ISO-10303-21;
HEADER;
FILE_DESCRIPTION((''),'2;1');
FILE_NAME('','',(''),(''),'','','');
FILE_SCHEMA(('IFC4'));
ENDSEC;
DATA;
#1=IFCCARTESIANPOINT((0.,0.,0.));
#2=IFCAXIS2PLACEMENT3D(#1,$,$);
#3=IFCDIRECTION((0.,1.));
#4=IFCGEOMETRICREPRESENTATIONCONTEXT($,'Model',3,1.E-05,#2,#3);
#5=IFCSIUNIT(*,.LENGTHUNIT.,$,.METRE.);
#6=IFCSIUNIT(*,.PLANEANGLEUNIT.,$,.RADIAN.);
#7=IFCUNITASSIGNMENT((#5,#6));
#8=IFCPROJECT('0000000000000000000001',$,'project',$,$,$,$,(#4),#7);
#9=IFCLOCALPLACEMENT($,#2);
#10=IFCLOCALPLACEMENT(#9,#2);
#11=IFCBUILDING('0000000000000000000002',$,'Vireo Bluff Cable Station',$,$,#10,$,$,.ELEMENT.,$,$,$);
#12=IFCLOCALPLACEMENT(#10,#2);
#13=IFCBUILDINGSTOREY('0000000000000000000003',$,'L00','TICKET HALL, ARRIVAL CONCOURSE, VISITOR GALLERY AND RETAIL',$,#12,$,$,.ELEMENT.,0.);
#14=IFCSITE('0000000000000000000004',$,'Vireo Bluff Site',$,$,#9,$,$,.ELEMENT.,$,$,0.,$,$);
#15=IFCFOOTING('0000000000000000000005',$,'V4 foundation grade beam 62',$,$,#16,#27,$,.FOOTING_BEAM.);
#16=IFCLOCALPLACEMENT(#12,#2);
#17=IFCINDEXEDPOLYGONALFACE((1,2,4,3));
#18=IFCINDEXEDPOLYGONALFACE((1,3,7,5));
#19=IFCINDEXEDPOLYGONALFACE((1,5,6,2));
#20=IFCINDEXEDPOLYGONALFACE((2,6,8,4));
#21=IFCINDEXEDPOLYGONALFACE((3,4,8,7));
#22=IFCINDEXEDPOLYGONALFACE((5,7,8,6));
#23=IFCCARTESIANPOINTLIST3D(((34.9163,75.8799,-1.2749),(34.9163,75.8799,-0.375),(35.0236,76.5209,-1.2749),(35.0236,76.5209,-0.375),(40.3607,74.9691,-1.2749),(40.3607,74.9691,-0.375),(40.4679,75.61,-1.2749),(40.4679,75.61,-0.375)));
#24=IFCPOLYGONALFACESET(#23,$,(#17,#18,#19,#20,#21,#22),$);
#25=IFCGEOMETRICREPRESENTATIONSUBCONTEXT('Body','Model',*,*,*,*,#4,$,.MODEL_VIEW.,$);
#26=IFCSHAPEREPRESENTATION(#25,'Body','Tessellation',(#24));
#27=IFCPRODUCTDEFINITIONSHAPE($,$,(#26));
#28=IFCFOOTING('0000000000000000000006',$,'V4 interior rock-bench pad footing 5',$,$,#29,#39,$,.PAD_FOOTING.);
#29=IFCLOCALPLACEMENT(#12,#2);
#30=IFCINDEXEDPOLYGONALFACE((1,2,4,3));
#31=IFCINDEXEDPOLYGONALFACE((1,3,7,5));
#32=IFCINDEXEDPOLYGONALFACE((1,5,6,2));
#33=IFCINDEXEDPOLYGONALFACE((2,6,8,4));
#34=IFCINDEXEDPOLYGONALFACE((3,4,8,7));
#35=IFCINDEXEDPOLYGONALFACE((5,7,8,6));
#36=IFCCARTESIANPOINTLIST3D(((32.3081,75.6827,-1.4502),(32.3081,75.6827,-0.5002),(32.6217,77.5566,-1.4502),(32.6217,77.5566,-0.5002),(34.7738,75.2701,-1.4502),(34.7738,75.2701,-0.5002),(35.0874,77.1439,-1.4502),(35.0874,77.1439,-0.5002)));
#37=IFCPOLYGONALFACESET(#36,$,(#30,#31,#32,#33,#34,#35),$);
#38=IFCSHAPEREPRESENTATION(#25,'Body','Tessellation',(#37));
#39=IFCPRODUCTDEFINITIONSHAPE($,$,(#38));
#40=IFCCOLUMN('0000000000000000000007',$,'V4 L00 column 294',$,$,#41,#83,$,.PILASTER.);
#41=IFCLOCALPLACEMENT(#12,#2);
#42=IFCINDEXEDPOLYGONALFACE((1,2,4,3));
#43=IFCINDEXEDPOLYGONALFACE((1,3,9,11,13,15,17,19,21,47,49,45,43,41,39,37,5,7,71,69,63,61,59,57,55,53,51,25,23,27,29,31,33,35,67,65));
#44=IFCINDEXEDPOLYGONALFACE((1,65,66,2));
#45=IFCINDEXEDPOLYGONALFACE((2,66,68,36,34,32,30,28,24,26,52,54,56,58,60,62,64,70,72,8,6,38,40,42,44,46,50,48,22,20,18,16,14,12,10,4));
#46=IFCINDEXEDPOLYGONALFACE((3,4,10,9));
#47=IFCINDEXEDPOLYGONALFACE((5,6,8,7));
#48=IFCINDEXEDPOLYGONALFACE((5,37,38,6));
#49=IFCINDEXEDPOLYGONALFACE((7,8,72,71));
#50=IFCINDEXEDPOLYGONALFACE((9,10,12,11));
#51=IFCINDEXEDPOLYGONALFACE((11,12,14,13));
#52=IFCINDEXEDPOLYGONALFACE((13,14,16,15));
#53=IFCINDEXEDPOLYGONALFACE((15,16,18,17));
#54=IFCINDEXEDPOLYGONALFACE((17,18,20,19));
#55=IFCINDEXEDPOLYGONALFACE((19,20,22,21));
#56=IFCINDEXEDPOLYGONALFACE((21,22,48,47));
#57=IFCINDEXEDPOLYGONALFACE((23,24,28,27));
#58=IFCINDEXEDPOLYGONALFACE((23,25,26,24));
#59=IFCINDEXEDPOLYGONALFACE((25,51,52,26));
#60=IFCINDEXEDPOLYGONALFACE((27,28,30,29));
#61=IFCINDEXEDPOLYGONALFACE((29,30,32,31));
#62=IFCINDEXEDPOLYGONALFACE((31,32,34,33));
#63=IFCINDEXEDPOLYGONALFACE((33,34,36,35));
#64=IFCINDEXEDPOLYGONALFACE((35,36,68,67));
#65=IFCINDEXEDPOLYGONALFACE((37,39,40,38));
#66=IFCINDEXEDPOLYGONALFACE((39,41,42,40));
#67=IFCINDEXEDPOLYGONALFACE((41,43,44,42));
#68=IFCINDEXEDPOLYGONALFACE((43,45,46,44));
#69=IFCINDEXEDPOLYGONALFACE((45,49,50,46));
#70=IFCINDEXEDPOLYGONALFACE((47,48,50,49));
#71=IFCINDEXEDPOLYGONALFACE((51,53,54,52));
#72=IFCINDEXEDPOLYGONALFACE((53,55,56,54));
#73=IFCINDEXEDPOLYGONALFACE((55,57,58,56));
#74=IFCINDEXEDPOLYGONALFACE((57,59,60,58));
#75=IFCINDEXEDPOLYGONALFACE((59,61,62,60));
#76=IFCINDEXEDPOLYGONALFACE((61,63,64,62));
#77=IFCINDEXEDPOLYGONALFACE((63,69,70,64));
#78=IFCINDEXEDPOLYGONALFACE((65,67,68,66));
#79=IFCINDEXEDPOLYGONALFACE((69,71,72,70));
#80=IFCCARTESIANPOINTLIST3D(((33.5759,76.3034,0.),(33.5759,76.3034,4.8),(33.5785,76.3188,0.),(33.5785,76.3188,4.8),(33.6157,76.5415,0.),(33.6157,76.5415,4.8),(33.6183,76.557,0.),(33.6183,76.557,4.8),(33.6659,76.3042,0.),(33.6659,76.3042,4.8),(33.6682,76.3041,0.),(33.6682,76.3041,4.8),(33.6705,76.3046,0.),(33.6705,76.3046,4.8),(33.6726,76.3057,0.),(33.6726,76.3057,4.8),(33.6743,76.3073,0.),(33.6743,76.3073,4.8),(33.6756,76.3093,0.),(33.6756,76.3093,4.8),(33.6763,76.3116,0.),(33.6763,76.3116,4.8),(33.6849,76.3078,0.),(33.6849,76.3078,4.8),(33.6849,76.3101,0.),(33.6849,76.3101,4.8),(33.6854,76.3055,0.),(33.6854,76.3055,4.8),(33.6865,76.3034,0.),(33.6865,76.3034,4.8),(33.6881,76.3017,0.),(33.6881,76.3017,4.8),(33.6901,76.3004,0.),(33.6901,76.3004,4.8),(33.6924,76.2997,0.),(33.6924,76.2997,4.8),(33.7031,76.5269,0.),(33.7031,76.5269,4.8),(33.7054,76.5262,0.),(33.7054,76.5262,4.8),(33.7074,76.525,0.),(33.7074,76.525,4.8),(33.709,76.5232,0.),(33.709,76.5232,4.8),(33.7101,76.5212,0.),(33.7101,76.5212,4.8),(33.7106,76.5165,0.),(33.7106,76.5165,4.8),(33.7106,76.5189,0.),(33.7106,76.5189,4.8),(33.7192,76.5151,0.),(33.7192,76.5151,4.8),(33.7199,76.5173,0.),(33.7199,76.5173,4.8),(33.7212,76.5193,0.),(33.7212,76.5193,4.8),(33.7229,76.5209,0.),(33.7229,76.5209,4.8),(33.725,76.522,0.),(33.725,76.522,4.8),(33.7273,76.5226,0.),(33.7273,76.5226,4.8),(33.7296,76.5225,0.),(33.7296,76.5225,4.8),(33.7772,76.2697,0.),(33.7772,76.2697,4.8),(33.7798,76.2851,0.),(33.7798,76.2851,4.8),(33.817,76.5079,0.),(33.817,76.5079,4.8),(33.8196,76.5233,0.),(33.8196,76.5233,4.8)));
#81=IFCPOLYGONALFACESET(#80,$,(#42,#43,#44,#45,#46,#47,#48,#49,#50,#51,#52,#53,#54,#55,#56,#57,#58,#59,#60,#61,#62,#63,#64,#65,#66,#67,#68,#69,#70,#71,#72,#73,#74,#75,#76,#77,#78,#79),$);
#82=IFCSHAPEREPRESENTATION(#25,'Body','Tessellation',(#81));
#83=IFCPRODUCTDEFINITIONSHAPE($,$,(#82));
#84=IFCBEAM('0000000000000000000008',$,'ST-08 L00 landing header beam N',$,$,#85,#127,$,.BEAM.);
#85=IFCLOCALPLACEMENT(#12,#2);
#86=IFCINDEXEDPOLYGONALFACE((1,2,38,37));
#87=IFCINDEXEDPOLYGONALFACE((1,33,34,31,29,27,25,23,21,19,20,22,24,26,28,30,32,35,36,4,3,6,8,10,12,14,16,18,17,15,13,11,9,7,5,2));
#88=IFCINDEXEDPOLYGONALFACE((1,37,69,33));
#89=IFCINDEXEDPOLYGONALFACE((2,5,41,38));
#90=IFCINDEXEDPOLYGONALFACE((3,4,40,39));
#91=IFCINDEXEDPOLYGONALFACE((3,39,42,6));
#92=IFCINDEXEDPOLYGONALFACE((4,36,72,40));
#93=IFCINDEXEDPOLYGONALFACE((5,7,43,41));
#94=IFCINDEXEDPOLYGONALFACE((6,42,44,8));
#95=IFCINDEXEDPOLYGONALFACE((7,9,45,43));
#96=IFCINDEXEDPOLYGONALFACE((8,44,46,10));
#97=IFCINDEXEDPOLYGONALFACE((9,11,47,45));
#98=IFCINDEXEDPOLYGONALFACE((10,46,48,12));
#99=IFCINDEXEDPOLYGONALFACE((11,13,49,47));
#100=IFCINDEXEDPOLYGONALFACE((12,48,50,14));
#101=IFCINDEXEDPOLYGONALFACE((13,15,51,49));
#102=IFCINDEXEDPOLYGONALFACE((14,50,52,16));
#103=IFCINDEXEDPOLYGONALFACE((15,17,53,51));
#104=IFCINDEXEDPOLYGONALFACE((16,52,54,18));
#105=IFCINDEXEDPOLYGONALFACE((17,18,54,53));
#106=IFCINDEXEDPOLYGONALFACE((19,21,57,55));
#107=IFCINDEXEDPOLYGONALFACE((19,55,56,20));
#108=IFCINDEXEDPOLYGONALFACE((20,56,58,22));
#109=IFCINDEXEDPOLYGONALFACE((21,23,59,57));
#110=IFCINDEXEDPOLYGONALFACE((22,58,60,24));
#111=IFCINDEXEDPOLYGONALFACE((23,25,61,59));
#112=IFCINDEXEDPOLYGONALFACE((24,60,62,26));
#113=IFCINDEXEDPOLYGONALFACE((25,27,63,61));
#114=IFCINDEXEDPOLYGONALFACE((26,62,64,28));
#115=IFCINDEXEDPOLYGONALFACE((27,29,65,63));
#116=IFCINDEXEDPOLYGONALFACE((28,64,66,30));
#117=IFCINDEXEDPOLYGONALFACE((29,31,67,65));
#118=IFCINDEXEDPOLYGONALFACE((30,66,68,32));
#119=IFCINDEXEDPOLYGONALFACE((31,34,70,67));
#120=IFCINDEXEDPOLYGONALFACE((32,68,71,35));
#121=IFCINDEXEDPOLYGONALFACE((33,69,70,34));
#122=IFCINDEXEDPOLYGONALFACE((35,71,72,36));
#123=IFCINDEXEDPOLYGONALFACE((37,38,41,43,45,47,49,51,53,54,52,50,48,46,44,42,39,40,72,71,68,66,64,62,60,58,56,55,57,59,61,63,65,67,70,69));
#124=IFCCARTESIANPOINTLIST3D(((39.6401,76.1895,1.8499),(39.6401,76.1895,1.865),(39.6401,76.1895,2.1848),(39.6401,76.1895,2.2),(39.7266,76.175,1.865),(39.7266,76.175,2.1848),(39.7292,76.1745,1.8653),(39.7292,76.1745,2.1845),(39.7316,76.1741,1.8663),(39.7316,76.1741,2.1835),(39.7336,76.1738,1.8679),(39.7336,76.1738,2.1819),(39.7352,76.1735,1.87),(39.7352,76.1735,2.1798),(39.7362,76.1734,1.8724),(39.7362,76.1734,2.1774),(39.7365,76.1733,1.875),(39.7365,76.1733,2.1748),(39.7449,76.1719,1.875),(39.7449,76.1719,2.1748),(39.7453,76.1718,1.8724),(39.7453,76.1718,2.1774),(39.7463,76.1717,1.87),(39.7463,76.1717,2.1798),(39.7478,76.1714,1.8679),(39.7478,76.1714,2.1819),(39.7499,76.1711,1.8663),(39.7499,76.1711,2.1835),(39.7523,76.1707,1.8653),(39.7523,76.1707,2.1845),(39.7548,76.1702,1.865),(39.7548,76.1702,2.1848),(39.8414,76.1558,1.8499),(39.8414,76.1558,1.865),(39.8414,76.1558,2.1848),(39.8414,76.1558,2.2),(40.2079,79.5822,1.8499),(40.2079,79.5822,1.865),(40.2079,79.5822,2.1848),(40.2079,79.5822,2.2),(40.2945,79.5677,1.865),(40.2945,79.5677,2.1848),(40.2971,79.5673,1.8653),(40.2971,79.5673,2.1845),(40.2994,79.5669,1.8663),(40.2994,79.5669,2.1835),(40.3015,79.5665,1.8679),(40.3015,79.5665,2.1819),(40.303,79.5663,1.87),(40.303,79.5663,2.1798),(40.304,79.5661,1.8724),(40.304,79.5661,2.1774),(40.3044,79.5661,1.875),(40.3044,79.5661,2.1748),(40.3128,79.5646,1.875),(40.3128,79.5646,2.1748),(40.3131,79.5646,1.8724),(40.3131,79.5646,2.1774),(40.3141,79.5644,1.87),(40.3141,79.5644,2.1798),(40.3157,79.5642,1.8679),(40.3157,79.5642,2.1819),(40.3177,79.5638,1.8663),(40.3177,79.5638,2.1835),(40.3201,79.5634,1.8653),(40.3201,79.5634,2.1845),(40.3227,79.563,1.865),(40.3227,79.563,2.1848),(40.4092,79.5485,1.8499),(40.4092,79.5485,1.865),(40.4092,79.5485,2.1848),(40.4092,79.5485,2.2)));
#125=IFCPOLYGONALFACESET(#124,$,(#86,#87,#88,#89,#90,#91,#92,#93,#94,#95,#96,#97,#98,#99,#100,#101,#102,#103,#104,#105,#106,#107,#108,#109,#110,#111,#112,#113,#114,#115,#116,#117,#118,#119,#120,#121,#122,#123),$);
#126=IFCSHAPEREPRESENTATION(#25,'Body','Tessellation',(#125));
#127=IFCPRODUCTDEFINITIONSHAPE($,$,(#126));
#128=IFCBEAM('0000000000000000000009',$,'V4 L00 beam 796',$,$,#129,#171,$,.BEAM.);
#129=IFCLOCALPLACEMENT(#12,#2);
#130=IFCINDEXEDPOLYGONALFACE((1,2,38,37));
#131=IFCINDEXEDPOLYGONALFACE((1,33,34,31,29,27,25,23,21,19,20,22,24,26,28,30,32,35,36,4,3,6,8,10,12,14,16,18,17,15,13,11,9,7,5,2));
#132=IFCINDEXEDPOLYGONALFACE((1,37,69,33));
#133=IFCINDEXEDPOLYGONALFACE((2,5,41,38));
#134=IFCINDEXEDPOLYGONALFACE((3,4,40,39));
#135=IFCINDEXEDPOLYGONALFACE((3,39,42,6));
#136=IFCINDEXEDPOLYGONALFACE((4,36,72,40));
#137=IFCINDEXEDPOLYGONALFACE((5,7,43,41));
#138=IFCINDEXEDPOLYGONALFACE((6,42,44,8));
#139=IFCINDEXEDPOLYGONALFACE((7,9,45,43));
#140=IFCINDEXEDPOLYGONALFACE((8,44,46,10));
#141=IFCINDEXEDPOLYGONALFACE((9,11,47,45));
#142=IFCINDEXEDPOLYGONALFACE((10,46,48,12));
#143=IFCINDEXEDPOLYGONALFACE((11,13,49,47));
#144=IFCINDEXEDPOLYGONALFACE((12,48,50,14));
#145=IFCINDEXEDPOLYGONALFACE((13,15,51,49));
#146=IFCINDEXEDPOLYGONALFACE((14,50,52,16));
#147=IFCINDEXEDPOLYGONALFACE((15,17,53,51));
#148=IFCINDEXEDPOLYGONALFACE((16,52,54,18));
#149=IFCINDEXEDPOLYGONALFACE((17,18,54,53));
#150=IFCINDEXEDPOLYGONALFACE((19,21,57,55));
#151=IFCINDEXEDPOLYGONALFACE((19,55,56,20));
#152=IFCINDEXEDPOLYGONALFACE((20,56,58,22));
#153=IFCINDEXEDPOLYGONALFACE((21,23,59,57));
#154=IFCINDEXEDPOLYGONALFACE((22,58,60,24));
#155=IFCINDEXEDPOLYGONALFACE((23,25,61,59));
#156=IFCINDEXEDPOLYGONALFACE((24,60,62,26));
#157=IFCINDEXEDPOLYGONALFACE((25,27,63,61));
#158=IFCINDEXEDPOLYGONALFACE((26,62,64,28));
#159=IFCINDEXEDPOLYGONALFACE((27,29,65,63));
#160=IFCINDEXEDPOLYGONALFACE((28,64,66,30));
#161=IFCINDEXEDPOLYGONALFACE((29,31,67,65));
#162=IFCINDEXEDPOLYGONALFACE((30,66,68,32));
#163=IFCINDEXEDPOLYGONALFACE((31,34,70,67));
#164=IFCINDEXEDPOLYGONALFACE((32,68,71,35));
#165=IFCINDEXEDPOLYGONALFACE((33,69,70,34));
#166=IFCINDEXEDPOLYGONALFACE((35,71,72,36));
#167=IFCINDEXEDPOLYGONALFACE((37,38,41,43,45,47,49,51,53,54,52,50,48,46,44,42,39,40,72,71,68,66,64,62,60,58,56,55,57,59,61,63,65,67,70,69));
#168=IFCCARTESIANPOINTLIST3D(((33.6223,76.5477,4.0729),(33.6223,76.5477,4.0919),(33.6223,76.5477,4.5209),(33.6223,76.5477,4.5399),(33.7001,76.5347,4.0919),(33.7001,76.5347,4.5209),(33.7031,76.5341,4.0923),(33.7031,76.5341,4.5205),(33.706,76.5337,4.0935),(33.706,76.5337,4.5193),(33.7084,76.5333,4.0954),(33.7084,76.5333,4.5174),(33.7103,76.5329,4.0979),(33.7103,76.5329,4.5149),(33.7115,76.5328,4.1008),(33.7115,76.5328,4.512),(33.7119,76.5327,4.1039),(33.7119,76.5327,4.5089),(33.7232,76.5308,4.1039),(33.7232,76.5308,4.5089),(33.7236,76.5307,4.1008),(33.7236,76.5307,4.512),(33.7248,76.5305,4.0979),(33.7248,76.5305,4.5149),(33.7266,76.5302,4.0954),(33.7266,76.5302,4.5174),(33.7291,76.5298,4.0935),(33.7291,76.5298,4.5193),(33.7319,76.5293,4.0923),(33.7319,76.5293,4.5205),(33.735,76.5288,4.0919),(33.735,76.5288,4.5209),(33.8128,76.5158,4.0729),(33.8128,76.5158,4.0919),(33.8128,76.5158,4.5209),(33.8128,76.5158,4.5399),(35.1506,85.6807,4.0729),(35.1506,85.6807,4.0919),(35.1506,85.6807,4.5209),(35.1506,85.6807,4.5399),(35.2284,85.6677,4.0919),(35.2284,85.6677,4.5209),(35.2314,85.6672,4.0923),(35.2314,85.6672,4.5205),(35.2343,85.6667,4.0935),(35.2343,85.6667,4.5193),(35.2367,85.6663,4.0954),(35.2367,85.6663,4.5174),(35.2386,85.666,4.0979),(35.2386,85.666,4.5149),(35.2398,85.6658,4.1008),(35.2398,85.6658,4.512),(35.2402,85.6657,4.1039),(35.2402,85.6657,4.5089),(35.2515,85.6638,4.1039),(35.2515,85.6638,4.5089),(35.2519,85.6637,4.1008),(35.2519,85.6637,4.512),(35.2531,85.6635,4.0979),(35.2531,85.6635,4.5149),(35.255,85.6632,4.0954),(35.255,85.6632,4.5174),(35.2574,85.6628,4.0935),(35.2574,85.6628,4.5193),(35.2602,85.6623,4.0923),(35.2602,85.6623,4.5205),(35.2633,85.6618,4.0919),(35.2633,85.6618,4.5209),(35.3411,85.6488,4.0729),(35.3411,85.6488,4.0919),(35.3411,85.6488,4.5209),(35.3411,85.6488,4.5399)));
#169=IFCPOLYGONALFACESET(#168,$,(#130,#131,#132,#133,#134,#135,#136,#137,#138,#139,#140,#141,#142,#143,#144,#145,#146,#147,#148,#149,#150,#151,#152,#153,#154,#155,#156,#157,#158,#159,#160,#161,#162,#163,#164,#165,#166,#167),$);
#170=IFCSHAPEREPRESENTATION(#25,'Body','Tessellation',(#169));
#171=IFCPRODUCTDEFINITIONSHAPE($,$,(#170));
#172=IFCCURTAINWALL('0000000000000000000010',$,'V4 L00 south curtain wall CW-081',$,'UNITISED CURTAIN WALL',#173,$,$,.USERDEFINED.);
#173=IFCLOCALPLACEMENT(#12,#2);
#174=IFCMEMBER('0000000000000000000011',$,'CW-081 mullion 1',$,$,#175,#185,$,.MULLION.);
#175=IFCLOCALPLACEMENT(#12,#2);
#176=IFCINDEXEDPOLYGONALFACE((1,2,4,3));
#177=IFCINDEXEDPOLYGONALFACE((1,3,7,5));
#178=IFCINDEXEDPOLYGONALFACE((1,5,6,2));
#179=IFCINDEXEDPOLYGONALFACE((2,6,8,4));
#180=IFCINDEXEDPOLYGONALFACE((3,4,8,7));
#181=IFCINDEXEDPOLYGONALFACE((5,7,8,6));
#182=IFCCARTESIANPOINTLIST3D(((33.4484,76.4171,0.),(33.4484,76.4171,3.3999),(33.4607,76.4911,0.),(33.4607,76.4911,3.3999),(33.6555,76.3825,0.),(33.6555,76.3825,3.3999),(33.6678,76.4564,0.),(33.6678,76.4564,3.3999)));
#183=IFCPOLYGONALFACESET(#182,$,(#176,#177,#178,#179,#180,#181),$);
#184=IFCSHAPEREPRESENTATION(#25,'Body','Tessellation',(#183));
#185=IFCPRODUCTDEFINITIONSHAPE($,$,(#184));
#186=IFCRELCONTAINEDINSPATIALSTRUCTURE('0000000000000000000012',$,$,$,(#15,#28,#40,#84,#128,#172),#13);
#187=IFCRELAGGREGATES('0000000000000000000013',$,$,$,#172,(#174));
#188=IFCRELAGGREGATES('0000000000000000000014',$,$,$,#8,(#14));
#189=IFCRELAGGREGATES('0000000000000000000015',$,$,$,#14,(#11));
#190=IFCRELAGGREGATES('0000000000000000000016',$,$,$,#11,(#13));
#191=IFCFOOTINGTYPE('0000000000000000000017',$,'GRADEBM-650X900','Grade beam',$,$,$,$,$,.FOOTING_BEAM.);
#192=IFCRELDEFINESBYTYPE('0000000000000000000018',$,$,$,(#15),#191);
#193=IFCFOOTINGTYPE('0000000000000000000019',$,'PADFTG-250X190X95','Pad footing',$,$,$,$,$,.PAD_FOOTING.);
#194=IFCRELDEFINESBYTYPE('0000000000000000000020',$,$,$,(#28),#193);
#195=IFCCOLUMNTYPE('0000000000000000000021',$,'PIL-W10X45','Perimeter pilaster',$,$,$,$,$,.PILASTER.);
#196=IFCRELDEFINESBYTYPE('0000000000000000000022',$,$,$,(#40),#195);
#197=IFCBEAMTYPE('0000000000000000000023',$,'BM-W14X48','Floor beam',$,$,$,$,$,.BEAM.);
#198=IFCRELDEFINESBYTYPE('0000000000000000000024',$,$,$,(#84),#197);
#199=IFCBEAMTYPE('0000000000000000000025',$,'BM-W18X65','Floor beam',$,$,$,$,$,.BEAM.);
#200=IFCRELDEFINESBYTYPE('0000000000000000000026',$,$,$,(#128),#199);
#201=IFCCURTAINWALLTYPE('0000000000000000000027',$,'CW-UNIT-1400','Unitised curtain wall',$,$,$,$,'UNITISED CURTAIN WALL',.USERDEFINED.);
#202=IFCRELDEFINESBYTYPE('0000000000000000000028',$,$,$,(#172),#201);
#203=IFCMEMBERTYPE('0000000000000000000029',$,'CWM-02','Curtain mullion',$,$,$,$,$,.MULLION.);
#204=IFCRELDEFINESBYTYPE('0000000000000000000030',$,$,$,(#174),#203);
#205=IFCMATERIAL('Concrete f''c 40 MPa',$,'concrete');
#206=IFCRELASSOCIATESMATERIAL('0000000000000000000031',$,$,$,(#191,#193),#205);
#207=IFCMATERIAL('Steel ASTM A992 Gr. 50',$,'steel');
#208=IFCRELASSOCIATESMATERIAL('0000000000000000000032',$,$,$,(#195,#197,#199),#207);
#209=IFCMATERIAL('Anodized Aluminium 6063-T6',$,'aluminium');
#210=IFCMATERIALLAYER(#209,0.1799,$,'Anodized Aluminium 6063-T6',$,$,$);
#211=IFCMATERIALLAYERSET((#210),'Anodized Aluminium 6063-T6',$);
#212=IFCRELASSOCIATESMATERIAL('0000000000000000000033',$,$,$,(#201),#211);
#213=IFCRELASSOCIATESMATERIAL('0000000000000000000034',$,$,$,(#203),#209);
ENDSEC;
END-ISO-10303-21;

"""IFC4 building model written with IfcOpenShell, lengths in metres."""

from ifc_helpers import new_model, si_unit, direction, frame, origin, origin_2d, place, context, subcontext, project, spatial, rectangle, i_section, extrude, material, layer, layer_set, material_profile, profile_set, type_object, element, aggregate, save


model = new_model("IFC4")

# Units and contexts
model_context = context("Model", 3, precision=1e-05, world=origin(), true_north=direction((0.0, 1.0)))
body_context = subcontext(model_context, "Body", "Model", "MODEL_VIEW")
ifc_project = project(units=[si_unit("LENGTHUNIT", "METRE"), si_unit("PLANEANGLEUNIT", "RADIAN")], contexts=[model_context])

# Site, building, storey
site_placement = place(None, origin())
site = spatial("IfcSite", under=ifc_project, at=site_placement, Name="Vireo Bluff Site", CompositionType="ELEMENT", RefElevation=0.0)
building_placement = place(site_placement, origin())
building = spatial("IfcBuilding", under=site, at=building_placement, Name="Vireo Bluff Cable Station", CompositionType="ELEMENT")
storey_placement = place(building_placement, origin())
storey = spatial("IfcBuildingStorey", under=building, at=storey_placement, Name="L00", Description="TICKET HALL, ARRIVAL CONCOURSE, VISITOR GALLERY AND RETAIL", CompositionType="ELEMENT", Elevation=0.0)

# Footings
ifc_material_1 = material(Name="Concrete f'c 40 MPa", Category="concrete")
ifc_material_profile_1 = material_profile(ifc_material_1, rectangle(XDim=0.6499, YDim=0.8999, at=origin_2d()), Name="GRADEBM-650X900")
ifc_profile_set_1 = profile_set([ifc_material_profile_1], Name="Concrete f'c 40 MPa")
footing_type_1 = type_object("IfcFootingType", Name="GRADEBM-650X900", Description="Grade beam", PredefinedType="FOOTING_BEAM", material=ifc_profile_set_1)
footing_1_placement = place(storey_placement, frame((34.97, 76.2004, -0.825), z_axis=(0.986291, -0.165016, 0.0), x_axis=(0.165016, 0.986291, 0.0)))
element("IfcFooting", 1, at=footing_1_placement, inside=storey, type_object=footing_type_1, Name="V4 foundation grade beam 62", PredefinedType="FOOTING_BEAM", context=body_context, shape_type="SweptSolid", body=[
    extrude(rectangle(XDim=0.6499, YDim=0.8999, at=origin_2d()), origin(), (0.0, 0.0, 1.0), 5.52),
])
footing_type_2 = type_object("IfcFootingType", Name="PADFTG-250X190X95", Description="Pad footing", PredefinedType="PAD_FOOTING", material=ifc_material_1)
footing_2_placement = place(storey_placement, frame((33.6978, 76.4133, -1.4502), z_axis=(0.0, 0.0, 1.0), x_axis=(0.986286, -0.165048, 0.0)))
element("IfcFooting", 2, at=footing_2_placement, inside=storey, type_object=footing_type_2, Name="V4 interior rock-bench pad footing 5", PredefinedType="PAD_FOOTING", context=body_context, shape_type="SweptSolid", body=[
    extrude(rectangle(XDim=2.5, YDim=1.8999, at=origin_2d()), origin(), (0.0, 0.0, 1.0), 0.95),
])

# Column
ifc_material_2 = material(Name="Steel ASTM A992 Gr. 50", Category="steel")
ifc_material_profile_2 = material_profile(ifc_material_2, i_section(OverallWidth=0.2041, OverallDepth=0.2571, WebThickness=0.0088, FlangeThickness=0.0156, FilletRadius=0.009, at=origin_2d()), Name="W10X45")
ifc_profile_set_2 = profile_set([ifc_material_profile_2], Name="Steel ASTM A992 Gr. 50")
column_type = type_object("IfcColumnType", Name="PIL-W10X45", Description="Perimeter pilaster", PredefinedType="PILASTER", material=ifc_profile_set_2)
column_placement = place(storey_placement, frame((33.6978, 76.4133, 0.0), z_axis=(0.0, 0.0, 1.0), x_axis=(0.986286, -0.165048, 0.0)))
element("IfcColumn", 3, at=column_placement, inside=storey, type_object=column_type, Name="V4 L00 column 294", PredefinedType="PILASTER", context=body_context, shape_type="SweptSolid", body=[
    extrude(i_section(OverallWidth=0.2041, OverallDepth=0.2571, WebThickness=0.0088, FlangeThickness=0.0156, FilletRadius=0.009, at=origin_2d()), origin(), (0.0, 0.0, 1.0), 4.8),
])

# Beams
ifc_material_profile_3 = material_profile(ifc_material_2, i_section(OverallWidth=0.2041, OverallDepth=0.3501, WebThickness=0.0085, FlangeThickness=0.0151, FilletRadius=0.01, at=origin_2d()), Name="W14X48")
ifc_profile_set_3 = profile_set([ifc_material_profile_3], Name="Steel ASTM A992 Gr. 50")
beam_type_1 = type_object("IfcBeamType", Name="BM-W14X48", Description="Floor beam", PredefinedType="BEAM", material=ifc_profile_set_3)
beam_1_placement = place(storey_placement, frame((39.7407, 76.1726, 2.0249), z_axis=(0.165078, 0.986281, 0.0), x_axis=(-0.986281, 0.165078, 0.0)))
element("IfcBeam", 4, at=beam_1_placement, inside=storey, type_object=beam_type_1, Name="ST-08 L00 landing header beam N", PredefinedType="BEAM", context=body_context, shape_type="SweptSolid", body=[
    extrude(i_section(OverallWidth=0.2041, OverallDepth=0.3501, WebThickness=0.0085, FlangeThickness=0.0151, FilletRadius=0.01, at=origin_2d()), origin(), (0.0, 0.0, 1.0), 3.4399),
])
ifc_material_profile_4 = material_profile(ifc_material_2, i_section(OverallWidth=0.1931, OverallDepth=0.467, WebThickness=0.0115, FlangeThickness=0.019, FilletRadius=0.012, at=origin_2d()), Name="W18X65")
ifc_profile_set_4 = profile_set([ifc_material_profile_4], Name="Steel ASTM A992 Gr. 50")
beam_type_2 = type_object("IfcBeamType", Name="BM-W18X65", Description="Floor beam", PredefinedType="BEAM", material=ifc_profile_set_4)
beam_2_placement = place(storey_placement, frame((33.7175, 76.5317, 4.3064), z_axis=(0.165045, 0.986286, 0.0), x_axis=(-0.986286, 0.165045, 0.0)))
element("IfcBeam", 5, at=beam_2_placement, inside=storey, type_object=beam_type_2, Name="V4 L00 beam 796", PredefinedType="BEAM", context=body_context, shape_type="SweptSolid", body=[
    extrude(i_section(OverallWidth=0.1931, OverallDepth=0.467, WebThickness=0.0115, FlangeThickness=0.019, FilletRadius=0.012, at=origin_2d()), origin(), (0.0, 0.0, 1.0), 9.26),
])

# Curtain wall, member
ifc_material_3 = material(Name="Anodized Aluminium 6063-T6", Category="aluminium")
ifc_layer_1 = layer(ifc_material_3, 0.1799, Name="Anodized Aluminium 6063-T6")
ifc_layer_set_1 = layer_set([ifc_layer_1], Name="Anodized Aluminium 6063-T6")
curtain_wall_type = type_object("IfcCurtainWallType", Name="CW-UNIT-1400", Description="Unitised curtain wall", ElementType="UNITISED CURTAIN WALL", PredefinedType="USERDEFINED", material=ifc_layer_set_1)
curtain_wall_placement = place(storey_placement, origin())
curtain_wall = element("IfcCurtainWall", 6, at=curtain_wall_placement, inside=storey, type_object=curtain_wall_type, Name="V4 L00 south curtain wall CW-081", ObjectType="UNITISED CURTAIN WALL", PredefinedType="USERDEFINED")
ifc_material_profile_5 = material_profile(ifc_material_3, rectangle(XDim=0.075, YDim=0.21, at=origin_2d()), Name="ALU-M-75X210")
ifc_profile_set_5 = profile_set([ifc_material_profile_5], Name="Anodized Aluminium 6063-T6")
member_type_1 = type_object("IfcMemberType", Name="CWM-02", Description="Curtain mullion", PredefinedType="MULLION", material=ifc_profile_set_5)
member_1_placement = place(storey_placement, frame((33.5581, 76.4368, 0.0), z_axis=(0.0, 0.0, 1.0), x_axis=(-0.165048, -0.986286, 0.0)))
member_1 = element("IfcMember", 7, at=member_1_placement, type_object=member_type_1, Name="CW-081 mullion 1", PredefinedType="MULLION", context=body_context, shape_type="SweptSolid", body=[
    extrude(rectangle(XDim=0.075, YDim=0.21, at=origin_2d()), origin(), (0.0, 0.0, 1.0), 3.3999),
])

aggregate(curtain_wall, [member_1])

save(model, "model.ifc")
